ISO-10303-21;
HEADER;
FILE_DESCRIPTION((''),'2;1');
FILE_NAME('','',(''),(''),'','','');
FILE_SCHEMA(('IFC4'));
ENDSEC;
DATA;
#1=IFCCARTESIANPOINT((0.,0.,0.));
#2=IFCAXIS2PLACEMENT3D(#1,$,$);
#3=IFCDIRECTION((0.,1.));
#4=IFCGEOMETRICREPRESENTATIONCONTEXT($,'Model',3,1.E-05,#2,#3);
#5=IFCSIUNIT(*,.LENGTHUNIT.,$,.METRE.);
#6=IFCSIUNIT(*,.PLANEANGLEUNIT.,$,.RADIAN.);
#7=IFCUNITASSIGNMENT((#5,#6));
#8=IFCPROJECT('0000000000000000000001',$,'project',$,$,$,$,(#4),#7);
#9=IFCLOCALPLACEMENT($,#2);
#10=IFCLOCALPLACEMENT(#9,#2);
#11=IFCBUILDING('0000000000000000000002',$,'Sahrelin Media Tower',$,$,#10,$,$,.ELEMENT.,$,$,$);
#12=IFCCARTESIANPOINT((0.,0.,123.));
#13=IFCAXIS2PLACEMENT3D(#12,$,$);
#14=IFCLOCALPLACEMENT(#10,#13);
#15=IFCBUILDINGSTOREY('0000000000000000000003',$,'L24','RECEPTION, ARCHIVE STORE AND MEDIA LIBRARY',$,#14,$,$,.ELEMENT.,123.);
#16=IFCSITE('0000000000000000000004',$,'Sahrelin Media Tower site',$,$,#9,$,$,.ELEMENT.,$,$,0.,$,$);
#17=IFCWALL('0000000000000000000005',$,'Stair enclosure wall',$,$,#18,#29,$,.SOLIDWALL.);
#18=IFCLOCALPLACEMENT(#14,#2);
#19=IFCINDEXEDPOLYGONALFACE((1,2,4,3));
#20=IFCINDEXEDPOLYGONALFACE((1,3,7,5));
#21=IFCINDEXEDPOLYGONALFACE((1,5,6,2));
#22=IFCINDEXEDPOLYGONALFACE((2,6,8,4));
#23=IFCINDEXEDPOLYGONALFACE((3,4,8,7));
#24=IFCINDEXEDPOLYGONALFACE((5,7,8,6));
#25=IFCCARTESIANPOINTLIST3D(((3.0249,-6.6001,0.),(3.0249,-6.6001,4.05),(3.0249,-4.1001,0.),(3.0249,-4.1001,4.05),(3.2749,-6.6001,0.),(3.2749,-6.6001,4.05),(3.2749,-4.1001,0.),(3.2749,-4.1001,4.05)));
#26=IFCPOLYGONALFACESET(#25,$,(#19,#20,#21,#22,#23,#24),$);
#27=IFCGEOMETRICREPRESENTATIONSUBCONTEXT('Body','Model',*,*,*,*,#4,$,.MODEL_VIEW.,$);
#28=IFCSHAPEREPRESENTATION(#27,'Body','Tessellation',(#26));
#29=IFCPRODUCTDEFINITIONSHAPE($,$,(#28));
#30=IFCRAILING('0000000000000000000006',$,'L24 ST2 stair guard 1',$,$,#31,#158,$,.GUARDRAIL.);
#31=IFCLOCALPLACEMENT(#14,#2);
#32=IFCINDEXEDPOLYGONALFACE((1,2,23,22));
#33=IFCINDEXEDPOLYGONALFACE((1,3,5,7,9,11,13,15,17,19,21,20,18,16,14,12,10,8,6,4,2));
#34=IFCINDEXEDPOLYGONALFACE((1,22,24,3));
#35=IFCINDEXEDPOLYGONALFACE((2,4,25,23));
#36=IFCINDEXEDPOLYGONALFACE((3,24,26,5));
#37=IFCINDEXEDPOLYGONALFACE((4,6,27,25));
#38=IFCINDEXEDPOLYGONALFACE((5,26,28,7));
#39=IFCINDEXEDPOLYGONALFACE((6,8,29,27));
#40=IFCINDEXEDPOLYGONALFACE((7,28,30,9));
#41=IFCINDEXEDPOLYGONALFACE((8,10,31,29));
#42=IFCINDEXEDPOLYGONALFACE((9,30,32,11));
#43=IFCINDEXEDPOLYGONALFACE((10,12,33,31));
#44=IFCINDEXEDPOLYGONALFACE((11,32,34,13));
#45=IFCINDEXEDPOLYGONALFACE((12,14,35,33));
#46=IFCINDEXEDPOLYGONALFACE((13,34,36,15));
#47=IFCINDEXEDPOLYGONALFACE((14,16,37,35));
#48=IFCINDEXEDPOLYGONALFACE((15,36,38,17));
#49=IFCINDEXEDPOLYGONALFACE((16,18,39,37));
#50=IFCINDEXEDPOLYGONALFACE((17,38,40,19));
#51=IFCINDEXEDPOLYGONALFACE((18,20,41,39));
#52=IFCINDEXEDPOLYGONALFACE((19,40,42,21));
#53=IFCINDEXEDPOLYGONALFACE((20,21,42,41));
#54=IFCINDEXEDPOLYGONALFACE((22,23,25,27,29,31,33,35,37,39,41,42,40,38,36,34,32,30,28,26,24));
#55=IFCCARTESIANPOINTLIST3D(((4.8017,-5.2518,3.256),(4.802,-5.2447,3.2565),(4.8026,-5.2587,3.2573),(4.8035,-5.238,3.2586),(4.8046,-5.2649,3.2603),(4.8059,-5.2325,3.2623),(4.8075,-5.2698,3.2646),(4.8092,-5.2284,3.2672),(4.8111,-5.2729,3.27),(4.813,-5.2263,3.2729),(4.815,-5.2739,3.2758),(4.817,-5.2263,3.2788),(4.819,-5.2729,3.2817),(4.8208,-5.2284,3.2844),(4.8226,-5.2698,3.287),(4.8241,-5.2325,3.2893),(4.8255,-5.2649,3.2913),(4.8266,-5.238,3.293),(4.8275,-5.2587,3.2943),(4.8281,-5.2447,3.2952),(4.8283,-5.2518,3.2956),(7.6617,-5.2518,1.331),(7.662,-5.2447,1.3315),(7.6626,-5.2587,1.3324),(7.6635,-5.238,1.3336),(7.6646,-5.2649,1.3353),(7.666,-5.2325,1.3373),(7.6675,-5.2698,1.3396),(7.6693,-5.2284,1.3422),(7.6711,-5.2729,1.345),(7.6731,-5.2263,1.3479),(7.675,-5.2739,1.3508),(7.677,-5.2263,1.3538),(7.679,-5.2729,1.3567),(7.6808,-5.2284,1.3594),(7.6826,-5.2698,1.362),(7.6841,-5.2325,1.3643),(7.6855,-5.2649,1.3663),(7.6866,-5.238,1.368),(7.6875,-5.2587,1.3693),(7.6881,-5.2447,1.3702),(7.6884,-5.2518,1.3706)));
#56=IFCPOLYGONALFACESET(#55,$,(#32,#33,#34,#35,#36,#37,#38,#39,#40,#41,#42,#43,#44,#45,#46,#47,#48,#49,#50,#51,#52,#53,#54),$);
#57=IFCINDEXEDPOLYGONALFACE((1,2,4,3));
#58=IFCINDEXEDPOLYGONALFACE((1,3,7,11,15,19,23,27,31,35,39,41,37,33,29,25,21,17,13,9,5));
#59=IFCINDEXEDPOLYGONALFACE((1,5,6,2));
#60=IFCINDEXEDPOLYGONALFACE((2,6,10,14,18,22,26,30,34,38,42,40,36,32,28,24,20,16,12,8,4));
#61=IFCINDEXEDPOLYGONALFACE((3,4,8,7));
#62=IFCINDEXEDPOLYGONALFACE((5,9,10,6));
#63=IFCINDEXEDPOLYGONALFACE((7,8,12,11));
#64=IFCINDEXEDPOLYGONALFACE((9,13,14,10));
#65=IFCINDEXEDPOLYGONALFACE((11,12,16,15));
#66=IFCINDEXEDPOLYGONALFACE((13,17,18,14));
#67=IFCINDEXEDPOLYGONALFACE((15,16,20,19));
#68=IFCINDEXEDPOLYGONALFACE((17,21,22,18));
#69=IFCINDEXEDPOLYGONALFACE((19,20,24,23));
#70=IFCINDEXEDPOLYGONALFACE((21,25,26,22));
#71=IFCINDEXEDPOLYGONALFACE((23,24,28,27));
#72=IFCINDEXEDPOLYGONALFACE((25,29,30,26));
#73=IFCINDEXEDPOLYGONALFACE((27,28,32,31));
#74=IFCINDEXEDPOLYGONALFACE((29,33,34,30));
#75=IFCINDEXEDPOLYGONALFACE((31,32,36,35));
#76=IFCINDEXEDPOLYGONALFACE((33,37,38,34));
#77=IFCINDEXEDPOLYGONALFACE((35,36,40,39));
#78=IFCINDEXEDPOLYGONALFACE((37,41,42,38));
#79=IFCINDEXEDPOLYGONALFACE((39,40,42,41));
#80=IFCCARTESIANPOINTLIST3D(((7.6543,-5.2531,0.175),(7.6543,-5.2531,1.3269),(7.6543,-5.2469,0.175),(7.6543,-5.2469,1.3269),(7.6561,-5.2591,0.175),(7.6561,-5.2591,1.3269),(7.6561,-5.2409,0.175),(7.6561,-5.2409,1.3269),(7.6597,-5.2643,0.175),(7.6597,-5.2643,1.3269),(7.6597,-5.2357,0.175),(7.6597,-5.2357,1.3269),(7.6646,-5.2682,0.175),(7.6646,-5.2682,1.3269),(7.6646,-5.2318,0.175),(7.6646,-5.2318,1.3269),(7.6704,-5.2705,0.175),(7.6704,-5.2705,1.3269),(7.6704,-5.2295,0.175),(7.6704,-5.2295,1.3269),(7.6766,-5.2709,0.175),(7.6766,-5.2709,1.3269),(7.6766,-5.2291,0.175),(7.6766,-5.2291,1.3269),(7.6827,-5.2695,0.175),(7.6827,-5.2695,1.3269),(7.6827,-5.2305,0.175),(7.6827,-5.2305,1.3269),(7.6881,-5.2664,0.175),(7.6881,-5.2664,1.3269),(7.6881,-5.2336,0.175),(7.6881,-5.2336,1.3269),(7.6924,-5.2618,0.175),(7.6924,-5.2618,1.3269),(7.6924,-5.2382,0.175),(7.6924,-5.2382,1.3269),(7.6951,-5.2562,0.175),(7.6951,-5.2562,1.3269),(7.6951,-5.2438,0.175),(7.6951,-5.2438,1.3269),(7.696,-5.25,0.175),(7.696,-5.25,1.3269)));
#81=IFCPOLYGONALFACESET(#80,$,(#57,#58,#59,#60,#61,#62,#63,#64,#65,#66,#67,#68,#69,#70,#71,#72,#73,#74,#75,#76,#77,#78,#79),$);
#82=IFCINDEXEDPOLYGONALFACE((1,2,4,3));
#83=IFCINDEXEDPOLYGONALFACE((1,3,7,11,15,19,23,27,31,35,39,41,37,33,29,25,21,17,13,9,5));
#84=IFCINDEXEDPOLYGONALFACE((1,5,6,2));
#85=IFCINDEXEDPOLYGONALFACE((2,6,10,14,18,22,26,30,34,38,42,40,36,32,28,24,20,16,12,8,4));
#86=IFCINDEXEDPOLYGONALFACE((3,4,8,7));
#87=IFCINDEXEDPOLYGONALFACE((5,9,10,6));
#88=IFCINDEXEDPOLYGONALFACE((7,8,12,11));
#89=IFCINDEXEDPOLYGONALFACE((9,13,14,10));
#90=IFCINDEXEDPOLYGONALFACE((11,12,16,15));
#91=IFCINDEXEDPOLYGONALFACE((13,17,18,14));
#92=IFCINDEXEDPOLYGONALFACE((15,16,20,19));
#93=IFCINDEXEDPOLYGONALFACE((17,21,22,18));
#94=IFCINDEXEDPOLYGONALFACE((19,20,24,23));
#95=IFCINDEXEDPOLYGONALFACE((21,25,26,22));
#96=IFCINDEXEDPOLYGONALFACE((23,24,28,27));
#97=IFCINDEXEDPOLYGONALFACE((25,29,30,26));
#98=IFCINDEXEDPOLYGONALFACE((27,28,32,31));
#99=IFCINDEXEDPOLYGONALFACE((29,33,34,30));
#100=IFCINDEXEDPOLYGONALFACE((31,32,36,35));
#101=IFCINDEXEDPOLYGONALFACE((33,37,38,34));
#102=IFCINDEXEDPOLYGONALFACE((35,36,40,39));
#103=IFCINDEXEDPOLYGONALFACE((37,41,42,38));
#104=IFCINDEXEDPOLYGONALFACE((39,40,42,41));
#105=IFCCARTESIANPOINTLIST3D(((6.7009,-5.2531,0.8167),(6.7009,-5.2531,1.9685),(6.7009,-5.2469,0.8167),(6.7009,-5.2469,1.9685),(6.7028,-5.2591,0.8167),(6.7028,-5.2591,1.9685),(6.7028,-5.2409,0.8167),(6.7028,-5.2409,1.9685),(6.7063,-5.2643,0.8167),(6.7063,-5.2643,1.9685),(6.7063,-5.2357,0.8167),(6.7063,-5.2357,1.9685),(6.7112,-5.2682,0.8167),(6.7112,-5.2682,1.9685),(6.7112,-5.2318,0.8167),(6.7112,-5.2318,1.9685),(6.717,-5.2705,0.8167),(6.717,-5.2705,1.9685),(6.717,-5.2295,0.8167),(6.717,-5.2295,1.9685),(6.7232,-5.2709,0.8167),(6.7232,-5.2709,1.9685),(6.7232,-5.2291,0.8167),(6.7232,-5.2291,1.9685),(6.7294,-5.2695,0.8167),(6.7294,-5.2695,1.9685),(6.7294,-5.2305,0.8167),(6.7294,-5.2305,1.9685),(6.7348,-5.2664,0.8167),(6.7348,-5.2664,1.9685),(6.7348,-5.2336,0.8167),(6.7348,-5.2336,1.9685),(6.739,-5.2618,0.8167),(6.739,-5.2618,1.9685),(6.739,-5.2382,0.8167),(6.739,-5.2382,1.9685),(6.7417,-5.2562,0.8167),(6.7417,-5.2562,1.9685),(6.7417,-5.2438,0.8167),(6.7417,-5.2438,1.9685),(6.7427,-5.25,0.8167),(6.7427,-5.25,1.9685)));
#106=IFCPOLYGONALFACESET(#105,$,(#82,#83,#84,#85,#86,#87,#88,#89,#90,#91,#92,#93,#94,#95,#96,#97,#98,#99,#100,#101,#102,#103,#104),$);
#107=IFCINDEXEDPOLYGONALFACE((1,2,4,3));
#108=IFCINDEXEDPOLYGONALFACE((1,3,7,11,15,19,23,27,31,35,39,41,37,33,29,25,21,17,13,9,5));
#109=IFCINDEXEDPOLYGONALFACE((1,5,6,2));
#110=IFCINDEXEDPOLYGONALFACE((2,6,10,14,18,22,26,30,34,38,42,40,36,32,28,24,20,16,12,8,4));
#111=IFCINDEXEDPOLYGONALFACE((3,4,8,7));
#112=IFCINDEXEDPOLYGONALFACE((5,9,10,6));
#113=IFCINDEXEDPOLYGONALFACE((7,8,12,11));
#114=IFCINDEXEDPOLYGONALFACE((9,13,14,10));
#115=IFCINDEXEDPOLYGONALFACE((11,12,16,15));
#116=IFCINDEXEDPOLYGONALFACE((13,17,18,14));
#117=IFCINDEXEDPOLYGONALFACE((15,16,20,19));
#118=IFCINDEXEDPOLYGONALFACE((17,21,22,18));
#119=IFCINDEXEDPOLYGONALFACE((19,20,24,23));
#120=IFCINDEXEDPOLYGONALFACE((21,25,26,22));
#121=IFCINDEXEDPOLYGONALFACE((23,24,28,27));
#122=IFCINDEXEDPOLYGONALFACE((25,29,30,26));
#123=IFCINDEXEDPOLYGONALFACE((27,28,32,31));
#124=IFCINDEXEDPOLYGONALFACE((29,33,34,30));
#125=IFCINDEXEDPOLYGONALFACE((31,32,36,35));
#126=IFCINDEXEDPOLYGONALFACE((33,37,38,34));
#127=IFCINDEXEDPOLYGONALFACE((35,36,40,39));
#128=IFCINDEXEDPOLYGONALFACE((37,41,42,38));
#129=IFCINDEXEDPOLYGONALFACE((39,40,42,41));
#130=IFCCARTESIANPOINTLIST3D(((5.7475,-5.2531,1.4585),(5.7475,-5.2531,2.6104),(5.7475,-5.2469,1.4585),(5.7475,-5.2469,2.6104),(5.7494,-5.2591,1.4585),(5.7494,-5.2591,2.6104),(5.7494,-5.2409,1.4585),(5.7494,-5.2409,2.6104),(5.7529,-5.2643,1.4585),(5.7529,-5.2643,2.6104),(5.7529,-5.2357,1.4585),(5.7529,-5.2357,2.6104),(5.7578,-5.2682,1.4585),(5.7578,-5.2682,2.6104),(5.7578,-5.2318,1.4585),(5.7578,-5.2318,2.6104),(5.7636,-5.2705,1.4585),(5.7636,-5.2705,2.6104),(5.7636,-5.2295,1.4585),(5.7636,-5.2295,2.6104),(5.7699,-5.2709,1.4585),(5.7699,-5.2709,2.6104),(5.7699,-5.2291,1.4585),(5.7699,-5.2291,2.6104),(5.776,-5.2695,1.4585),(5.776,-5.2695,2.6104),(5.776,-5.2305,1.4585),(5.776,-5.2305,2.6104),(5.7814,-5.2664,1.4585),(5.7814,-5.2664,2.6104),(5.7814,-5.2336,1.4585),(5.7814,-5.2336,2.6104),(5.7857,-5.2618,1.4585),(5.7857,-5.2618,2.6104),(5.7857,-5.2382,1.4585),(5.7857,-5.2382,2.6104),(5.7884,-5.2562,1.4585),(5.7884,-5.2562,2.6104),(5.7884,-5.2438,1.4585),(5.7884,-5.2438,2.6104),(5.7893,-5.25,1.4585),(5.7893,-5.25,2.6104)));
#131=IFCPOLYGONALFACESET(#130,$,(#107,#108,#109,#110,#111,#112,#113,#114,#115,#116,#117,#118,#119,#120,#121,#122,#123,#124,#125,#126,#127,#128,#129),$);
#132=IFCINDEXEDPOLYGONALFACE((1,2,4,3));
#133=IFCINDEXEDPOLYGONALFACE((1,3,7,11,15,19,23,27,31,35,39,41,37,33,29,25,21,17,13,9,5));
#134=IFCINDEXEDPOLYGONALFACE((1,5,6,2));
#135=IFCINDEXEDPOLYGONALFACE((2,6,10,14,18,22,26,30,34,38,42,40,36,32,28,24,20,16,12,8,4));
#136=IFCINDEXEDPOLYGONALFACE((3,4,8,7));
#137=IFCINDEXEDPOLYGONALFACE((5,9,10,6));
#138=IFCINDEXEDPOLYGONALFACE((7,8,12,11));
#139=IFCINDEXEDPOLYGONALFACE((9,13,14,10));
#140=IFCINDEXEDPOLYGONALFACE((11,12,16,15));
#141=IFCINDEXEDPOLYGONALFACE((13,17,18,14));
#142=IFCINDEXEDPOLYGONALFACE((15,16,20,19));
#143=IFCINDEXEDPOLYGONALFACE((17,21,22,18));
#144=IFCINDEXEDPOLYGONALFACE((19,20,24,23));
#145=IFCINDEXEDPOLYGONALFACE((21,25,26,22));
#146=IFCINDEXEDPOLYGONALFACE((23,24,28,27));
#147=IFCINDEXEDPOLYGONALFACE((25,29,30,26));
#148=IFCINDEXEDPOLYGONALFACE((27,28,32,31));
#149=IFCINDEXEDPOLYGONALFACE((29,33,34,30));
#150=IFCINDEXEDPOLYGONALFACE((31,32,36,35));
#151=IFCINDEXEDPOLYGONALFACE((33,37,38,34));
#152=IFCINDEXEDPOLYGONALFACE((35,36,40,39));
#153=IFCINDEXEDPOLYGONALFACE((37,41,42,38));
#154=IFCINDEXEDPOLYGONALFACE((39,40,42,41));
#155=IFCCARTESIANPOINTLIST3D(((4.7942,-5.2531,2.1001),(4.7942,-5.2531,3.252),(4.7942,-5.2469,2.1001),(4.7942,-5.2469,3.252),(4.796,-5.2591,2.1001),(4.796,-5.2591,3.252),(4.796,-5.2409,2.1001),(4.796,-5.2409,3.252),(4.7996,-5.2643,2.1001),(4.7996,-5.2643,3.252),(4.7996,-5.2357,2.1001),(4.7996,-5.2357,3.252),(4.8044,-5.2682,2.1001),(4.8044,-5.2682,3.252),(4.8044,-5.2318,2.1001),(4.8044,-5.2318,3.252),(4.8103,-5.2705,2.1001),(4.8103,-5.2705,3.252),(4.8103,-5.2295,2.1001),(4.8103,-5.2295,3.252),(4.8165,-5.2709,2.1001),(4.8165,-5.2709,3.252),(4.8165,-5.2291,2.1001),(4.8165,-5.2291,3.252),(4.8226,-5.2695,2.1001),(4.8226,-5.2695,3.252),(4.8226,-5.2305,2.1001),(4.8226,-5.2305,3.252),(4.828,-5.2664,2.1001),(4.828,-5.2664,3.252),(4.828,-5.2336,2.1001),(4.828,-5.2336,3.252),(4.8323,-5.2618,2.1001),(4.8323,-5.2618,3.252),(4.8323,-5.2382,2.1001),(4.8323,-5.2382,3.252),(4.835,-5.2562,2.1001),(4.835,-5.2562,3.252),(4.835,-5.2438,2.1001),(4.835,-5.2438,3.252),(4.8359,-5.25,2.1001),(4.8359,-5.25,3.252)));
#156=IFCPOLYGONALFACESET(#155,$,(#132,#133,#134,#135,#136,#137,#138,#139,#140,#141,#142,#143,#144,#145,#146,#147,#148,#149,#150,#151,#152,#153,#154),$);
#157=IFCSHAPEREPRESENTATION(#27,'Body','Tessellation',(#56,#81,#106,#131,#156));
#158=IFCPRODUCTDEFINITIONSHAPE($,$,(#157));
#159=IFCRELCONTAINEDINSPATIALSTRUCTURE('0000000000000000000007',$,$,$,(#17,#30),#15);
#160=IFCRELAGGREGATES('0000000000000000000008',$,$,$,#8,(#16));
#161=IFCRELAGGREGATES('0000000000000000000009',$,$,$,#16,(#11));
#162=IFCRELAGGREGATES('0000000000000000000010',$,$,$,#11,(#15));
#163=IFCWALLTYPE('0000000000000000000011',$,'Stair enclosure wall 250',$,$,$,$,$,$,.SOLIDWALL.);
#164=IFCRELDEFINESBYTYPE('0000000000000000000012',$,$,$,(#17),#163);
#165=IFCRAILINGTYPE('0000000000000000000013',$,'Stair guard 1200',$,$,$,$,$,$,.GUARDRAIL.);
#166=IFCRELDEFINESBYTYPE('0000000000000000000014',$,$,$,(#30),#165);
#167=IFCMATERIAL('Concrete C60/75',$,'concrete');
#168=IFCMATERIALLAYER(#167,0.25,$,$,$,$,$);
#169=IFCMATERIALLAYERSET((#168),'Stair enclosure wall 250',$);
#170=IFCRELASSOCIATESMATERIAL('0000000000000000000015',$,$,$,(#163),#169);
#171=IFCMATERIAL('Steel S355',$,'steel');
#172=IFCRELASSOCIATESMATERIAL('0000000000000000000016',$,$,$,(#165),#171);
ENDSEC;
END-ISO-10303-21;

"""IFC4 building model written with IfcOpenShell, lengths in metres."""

from ifc_helpers import new_model, si_unit, direction, frame, frame_2d, origin, origin_2d, place, context, subcontext, project, spatial, rectangle, circle, extrude, material, layer, layer_set, type_object, element, save


model = new_model("IFC4")

# Units and contexts
model_context = context("Model", 3, precision=1e-05, world=origin(), true_north=direction((0.0, 1.0)))
body_context = subcontext(model_context, "Body", "Model", "MODEL_VIEW")
ifc_project = project(units=[si_unit("LENGTHUNIT", "METRE"), si_unit("PLANEANGLEUNIT", "RADIAN")], contexts=[model_context])

# Site, building, storey
site_placement = place(None, origin())
site = spatial("IfcSite", under=ifc_project, at=site_placement, Name="Sahrelin Media Tower site", CompositionType="ELEMENT", RefElevation=0.0)
building_placement = place(site_placement, origin())
building = spatial("IfcBuilding", under=site, at=building_placement, Name="Sahrelin Media Tower", CompositionType="ELEMENT")
storey_placement = place(building_placement, frame((0.0, 0.0, 123.0)))
storey = spatial("IfcBuildingStorey", under=building, at=storey_placement, Name="L24", Description="RECEPTION, ARCHIVE STORE AND MEDIA LIBRARY", CompositionType="ELEMENT", Elevation=123.0)

# Shared definitions
ifc_material_1 = material(Name="Steel S355", Category="steel")

# Shared definitions
ifc_material_2 = material(Name="Concrete C60/75", Category="concrete")

# Shared definitions
ifc_layer_1 = layer(ifc_material_2, 0.25)
ifc_layer_set_1 = layer_set([ifc_layer_1], Name="Stair enclosure wall 250")
wall_type_1 = type_object("IfcWallType", Name="Stair enclosure wall 250", PredefinedType="SOLIDWALL", material=ifc_layer_set_1)

# Wall
wall_1_placement = place(storey_placement, frame((3.1499, -6.6001, 0.0), z_axis=(0.0, 0.0, 1.0), x_axis=(0.0, 1.0, 0.0)))
element("IfcWall", 1, at=wall_1_placement, inside=storey, type_object=wall_type_1, Name="Stair enclosure wall", PredefinedType="SOLIDWALL", context=body_context, shape_type="SweptSolid", body=[
    extrude(rectangle(XDim=2.5, YDim=0.25, at=frame_2d((1.25, 0.0))), origin(), (0.0, 0.0, 1.0), 4.05),
])

# Railing
railing_type_1 = type_object("IfcRailingType", Name="Stair guard 1200", PredefinedType="GUARDRAIL", material=ifc_material_1)
railing_1_placement = place(storey_placement, frame((7.675, -5.25, 0.175)))
element("IfcRailing", 2, at=railing_1_placement, inside=storey, type_object=railing_type_1, Name="L24 ST2 stair guard 1", PredefinedType="GUARDRAIL", context=body_context, shape_type="SweptSolid", body=[
    extrude(circle(Radius=0.0239, at=origin_2d()), frame((0.0, 0.0, 1.1758), z_axis=(-0.829591, 0.0, 0.558372), x_axis=(0.0, -1.0, 0.0)), (0.0, 0.0, 1.0), 3.4475),
    extrude(circle(Radius=0.021, at=origin_2d()), origin(), (0.0, 0.0, 1.0), 1.1519),
    extrude(circle(Radius=0.021, at=origin_2d()), frame((-0.9534, 0.0, 0.6416)), (0.0, 0.0, 1.0), 1.1519),
    extrude(circle(Radius=0.021, at=origin_2d()), frame((-1.9067, 0.0, 1.2834)), (0.0, 0.0, 1.0), 1.1519),
    extrude(circle(Radius=0.021, at=origin_2d()), frame((-2.8601, 0.0, 1.925)), (0.0, 0.0, 1.0), 1.1519),
])

save(model, "model.ifc")
